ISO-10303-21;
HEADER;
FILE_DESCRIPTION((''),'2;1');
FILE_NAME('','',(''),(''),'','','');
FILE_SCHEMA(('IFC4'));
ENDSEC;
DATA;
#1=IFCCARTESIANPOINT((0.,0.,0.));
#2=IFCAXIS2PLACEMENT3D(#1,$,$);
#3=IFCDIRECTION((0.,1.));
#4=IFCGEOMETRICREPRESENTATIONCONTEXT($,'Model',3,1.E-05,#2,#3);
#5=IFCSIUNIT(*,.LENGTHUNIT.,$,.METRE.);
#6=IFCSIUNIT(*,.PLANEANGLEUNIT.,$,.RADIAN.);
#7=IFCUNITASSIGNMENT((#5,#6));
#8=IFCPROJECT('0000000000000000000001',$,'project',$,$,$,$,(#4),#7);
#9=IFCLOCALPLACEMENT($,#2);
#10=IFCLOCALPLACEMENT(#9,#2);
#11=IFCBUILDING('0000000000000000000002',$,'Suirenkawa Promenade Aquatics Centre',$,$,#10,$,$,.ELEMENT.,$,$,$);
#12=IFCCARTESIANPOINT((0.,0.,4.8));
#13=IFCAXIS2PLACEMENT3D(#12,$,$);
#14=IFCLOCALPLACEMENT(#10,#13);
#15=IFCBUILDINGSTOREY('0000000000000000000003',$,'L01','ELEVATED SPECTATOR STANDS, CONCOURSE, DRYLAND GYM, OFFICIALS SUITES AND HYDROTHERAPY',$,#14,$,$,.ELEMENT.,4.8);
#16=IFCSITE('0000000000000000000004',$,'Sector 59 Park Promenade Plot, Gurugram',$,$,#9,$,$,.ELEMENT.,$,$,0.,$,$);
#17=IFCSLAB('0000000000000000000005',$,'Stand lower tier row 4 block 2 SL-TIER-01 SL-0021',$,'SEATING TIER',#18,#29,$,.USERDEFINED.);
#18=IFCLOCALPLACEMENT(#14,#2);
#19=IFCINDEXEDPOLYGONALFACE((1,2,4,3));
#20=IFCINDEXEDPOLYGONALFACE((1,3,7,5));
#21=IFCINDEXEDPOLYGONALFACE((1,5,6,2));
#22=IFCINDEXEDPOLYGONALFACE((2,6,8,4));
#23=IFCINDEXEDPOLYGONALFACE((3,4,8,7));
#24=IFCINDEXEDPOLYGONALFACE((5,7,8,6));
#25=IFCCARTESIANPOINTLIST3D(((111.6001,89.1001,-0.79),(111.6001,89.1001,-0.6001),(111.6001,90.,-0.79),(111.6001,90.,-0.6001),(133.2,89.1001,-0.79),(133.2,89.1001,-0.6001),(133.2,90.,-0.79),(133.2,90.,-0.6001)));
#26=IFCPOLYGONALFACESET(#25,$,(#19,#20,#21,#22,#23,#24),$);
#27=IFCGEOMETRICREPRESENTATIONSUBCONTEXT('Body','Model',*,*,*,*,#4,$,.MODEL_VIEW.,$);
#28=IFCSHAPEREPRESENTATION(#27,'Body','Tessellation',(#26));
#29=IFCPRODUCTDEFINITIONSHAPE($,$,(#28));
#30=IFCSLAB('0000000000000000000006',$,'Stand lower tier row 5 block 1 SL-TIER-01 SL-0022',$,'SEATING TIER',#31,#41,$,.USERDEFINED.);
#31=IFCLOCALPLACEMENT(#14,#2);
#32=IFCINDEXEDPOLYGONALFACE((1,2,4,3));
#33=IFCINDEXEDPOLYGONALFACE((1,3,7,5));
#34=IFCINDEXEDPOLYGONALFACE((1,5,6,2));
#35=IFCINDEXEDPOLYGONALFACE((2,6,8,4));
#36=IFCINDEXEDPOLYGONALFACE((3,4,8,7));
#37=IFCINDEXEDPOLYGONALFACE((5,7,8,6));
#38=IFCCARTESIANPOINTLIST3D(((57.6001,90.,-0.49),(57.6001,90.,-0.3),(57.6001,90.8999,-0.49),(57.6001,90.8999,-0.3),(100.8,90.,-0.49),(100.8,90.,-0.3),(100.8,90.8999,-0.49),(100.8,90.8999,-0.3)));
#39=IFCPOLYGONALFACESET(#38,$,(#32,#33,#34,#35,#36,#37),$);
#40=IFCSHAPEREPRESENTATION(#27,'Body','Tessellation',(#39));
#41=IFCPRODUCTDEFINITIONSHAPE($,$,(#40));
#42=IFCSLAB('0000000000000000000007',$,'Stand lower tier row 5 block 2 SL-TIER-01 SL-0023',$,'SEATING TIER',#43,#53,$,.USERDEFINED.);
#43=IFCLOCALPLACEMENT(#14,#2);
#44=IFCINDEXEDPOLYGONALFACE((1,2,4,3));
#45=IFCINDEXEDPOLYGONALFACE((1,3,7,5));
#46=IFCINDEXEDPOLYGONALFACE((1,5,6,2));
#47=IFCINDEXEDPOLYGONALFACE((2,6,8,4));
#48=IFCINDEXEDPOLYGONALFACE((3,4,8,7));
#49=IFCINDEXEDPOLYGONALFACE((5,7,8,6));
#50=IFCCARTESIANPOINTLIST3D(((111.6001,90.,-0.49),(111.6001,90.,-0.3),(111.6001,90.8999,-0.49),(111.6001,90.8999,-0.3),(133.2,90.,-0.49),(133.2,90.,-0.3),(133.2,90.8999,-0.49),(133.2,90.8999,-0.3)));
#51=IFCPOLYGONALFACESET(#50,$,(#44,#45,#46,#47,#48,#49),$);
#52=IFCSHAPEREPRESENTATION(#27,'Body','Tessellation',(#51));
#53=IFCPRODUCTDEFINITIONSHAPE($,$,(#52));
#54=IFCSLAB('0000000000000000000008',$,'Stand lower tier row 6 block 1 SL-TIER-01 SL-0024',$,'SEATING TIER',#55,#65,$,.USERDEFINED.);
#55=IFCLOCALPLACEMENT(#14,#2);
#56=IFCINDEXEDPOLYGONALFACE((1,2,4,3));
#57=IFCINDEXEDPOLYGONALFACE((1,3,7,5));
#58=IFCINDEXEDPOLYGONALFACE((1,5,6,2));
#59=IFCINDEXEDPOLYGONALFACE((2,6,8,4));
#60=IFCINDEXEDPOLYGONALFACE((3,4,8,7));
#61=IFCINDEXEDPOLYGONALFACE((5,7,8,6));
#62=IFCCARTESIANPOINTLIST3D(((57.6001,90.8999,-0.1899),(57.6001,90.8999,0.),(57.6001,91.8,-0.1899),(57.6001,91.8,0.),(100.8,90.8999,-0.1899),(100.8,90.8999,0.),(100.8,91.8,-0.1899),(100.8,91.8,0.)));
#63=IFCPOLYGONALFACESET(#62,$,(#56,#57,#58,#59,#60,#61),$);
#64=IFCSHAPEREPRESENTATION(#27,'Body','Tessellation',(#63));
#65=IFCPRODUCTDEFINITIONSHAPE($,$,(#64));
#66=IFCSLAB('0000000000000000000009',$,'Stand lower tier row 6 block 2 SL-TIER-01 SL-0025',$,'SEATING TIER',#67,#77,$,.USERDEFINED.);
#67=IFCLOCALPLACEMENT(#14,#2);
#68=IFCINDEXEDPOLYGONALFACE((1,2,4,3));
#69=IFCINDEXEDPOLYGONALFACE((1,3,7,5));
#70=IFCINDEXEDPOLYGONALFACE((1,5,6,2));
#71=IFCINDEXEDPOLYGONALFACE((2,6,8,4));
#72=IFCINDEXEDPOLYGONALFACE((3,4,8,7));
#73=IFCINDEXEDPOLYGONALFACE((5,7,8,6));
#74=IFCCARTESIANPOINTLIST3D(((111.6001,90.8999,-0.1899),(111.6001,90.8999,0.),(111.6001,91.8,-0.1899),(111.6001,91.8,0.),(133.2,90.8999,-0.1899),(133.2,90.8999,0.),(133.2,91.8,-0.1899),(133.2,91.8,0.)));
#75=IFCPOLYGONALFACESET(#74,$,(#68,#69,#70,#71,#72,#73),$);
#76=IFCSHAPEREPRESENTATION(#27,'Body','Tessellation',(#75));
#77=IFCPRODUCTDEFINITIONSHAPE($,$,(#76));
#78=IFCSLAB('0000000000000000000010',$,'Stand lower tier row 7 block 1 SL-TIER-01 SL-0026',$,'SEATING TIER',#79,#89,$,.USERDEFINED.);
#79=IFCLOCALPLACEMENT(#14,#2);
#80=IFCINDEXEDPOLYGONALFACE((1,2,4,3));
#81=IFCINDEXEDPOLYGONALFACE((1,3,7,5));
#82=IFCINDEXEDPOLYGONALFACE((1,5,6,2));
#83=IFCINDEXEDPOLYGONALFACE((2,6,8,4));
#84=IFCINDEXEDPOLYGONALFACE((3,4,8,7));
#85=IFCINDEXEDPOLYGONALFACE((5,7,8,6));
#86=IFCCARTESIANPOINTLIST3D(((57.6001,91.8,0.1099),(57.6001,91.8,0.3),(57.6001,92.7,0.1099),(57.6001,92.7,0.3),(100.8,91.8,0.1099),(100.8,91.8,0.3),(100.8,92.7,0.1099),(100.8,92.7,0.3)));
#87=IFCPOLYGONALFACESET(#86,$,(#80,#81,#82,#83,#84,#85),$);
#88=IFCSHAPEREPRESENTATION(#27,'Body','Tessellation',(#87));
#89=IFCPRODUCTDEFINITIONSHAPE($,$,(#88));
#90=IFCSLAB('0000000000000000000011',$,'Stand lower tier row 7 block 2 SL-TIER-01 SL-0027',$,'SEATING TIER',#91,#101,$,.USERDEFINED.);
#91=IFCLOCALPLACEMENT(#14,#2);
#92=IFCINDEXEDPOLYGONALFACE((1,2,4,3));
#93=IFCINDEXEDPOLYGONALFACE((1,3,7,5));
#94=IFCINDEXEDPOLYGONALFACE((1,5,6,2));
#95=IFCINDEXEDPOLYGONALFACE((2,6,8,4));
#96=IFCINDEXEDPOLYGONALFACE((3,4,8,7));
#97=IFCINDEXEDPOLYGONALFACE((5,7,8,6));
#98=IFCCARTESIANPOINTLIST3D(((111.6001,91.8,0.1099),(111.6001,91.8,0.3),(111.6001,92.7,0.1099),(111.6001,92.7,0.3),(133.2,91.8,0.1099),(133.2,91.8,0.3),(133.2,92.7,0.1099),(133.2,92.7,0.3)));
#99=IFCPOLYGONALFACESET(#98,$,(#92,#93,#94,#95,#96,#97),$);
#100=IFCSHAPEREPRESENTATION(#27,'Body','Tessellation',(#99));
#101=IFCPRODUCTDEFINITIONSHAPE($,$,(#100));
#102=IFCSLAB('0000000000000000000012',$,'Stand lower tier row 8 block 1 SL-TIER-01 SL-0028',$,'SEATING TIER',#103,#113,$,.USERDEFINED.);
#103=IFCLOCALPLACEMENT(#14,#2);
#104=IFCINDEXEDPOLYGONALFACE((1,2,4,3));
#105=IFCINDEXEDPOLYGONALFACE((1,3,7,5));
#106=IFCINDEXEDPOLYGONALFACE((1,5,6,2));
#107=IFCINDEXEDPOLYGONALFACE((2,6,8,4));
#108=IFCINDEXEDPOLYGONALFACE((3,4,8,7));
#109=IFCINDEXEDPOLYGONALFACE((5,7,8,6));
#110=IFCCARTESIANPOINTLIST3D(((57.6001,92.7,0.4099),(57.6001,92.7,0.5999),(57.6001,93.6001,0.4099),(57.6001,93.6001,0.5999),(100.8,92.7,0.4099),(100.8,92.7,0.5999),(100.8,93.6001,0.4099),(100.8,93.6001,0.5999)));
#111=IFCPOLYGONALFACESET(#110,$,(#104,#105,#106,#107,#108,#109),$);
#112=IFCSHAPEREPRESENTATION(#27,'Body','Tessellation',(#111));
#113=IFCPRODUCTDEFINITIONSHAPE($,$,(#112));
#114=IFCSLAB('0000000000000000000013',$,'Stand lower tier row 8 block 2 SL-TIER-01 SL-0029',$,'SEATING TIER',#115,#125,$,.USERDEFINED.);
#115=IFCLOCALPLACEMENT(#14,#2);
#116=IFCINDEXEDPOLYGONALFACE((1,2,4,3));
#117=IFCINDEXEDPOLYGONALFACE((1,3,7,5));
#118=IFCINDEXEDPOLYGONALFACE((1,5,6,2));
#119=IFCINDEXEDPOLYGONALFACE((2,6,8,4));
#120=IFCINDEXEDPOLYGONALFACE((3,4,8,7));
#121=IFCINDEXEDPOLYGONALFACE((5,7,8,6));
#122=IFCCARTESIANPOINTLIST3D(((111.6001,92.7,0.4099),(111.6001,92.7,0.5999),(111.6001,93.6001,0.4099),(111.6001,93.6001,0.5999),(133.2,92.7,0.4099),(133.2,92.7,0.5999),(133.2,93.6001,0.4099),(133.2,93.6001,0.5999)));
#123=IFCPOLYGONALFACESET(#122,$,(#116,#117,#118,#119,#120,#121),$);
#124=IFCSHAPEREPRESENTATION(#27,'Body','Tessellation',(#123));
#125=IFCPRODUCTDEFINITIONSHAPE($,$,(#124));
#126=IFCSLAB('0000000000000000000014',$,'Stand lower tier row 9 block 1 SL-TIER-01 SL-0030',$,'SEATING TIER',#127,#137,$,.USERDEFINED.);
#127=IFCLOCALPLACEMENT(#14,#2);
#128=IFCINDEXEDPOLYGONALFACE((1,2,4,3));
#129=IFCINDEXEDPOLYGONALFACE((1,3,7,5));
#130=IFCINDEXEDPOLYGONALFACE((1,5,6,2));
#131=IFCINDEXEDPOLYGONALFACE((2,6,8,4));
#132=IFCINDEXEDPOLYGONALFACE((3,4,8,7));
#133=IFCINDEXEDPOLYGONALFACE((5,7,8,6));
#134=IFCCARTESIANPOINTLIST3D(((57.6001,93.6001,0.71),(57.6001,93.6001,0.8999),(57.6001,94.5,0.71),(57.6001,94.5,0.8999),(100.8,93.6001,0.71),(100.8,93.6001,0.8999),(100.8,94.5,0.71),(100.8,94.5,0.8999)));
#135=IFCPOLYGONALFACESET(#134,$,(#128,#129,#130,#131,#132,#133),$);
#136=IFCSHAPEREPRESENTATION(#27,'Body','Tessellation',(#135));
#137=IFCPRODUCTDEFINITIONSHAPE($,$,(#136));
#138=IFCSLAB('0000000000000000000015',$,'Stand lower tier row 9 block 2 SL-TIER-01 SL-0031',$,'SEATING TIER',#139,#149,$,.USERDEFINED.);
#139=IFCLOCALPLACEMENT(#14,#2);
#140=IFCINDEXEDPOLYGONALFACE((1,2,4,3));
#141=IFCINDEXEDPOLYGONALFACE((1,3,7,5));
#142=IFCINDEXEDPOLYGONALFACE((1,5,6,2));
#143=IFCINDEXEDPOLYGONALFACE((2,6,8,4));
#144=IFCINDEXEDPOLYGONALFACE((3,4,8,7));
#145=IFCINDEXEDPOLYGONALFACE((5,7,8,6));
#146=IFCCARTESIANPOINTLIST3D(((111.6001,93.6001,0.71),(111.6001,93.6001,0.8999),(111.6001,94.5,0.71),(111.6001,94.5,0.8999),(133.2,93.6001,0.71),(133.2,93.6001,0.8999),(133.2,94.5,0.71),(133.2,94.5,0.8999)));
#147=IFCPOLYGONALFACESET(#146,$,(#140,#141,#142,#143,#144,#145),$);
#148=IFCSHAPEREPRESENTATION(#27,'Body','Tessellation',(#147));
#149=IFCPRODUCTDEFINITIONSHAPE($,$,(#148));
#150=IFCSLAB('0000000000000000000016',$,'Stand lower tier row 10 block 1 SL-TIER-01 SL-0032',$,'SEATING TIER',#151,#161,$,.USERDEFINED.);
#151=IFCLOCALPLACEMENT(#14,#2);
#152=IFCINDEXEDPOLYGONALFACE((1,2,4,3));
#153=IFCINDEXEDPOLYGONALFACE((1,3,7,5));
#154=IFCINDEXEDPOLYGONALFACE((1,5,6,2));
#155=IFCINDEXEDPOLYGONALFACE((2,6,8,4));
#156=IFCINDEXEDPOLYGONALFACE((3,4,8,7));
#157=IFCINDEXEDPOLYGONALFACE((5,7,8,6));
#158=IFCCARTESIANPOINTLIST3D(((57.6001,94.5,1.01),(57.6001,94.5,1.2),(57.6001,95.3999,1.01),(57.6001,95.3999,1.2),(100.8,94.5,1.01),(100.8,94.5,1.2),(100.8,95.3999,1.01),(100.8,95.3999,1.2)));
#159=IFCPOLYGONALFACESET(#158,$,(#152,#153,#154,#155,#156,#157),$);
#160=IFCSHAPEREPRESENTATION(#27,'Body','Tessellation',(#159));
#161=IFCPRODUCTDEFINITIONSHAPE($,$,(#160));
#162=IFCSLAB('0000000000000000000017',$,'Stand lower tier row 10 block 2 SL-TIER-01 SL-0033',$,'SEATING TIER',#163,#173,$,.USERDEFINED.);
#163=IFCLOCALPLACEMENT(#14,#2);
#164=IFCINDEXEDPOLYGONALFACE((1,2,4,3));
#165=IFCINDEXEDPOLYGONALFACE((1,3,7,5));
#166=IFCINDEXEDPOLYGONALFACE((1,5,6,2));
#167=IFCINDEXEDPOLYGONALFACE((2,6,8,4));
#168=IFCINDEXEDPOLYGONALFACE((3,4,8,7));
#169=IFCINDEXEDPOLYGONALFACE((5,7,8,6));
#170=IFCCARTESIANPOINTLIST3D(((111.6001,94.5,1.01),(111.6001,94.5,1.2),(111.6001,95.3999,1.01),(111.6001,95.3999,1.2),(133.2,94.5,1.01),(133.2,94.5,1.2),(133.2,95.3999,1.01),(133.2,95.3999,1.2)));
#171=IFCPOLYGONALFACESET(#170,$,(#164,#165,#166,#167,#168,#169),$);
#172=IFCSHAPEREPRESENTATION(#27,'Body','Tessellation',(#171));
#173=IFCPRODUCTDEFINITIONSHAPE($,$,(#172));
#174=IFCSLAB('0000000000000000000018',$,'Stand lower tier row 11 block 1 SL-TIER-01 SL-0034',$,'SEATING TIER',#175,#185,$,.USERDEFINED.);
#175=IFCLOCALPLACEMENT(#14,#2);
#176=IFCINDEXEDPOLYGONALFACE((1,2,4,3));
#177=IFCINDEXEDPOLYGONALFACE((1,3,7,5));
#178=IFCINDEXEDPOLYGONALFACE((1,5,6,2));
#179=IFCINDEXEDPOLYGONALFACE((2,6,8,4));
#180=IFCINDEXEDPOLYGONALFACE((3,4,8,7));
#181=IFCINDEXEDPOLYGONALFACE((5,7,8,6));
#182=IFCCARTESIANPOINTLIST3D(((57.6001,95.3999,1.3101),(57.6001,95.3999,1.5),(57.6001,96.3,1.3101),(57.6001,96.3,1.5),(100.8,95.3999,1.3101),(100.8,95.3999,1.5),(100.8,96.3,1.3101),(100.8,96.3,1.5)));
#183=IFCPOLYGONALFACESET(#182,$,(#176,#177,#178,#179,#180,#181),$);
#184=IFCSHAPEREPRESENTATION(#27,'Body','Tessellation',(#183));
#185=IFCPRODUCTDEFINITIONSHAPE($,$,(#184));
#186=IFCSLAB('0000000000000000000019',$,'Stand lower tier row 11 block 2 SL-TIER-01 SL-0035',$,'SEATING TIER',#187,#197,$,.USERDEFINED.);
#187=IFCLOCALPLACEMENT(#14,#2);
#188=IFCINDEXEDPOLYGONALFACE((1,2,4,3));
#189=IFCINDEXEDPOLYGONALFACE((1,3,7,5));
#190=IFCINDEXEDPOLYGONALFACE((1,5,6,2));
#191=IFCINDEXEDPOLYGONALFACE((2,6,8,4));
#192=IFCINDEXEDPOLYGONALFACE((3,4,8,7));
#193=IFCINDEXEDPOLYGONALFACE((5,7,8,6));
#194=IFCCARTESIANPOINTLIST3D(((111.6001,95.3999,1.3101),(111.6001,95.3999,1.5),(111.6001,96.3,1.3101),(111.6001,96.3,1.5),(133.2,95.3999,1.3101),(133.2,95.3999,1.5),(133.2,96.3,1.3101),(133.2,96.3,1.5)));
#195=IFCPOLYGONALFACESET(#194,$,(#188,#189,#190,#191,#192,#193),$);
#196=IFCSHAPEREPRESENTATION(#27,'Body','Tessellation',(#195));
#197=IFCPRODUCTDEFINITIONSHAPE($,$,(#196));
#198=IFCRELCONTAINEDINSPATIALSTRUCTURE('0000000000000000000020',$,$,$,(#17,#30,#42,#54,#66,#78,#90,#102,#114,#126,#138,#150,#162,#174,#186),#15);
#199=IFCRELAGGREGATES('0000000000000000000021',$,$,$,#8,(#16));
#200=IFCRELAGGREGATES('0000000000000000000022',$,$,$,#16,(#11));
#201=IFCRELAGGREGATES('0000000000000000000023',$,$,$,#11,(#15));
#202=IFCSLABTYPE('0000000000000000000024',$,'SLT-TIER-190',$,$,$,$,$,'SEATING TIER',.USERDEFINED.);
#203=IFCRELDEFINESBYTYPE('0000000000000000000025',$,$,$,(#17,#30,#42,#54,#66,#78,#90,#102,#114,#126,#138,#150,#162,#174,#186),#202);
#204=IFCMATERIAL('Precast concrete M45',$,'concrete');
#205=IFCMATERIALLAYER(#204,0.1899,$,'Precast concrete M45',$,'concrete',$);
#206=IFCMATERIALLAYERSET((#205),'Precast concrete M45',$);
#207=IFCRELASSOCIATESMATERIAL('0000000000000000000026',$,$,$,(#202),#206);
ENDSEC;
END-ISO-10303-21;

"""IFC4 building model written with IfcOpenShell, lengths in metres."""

from ifc_helpers import new_model, si_unit, direction, frame, origin, place, context, subcontext, project, spatial, polyline, outline, extrude, material, layer, layer_set, type_object, element, save


model = new_model("IFC4")

# Units and contexts
model_context = context("Model", 3, precision=1e-05, world=origin(), true_north=direction((0.0, 1.0)))
body_context = subcontext(model_context, "Body", "Model", "MODEL_VIEW")
ifc_project = project(units=[si_unit("LENGTHUNIT", "METRE"), si_unit("PLANEANGLEUNIT", "RADIAN")], contexts=[model_context])

# Site, building, storey
site_placement = place(None, origin())
site = spatial("IfcSite", under=ifc_project, at=site_placement, Name="Sector 59 Park Promenade Plot, Gurugram", CompositionType="ELEMENT", RefElevation=0.0)
building_placement = place(site_placement, origin())
building = spatial("IfcBuilding", under=site, at=building_placement, Name="Suirenkawa Promenade Aquatics Centre", CompositionType="ELEMENT")
storey_placement = place(building_placement, frame((0.0, 0.0, 4.8)))
storey = spatial("IfcBuildingStorey", under=building, at=storey_placement, Name="L01", Description="ELEVATED SPECTATOR STANDS, CONCOURSE, DRYLAND GYM, OFFICIALS SUITES AND HYDROTHERAPY", CompositionType="ELEMENT", Elevation=4.8)

# Slabs
ifc_material_1 = material(Name="Precast concrete M45", Category="concrete")
ifc_layer_1 = layer(ifc_material_1, 0.1899, Name="Precast concrete M45", Category="concrete")
ifc_layer_set_1 = layer_set([ifc_layer_1], Name="Precast concrete M45")
slab_type_1 = type_object("IfcSlabType", Name="SLT-TIER-190", ElementType="SEATING TIER", PredefinedType="USERDEFINED", material=ifc_layer_set_1)
slab_1_placement = place(storey_placement, frame((0.0, 0.0, -0.79)))
element("IfcSlab", 1, at=slab_1_placement, inside=storey, type_object=slab_type_1, Name="Stand lower tier row 4 block 2 SL-TIER-01 SL-0021", ObjectType="SEATING TIER", PredefinedType="USERDEFINED", context=body_context, shape_type="SweptSolid", body=[
    extrude(outline(polyline([(111.6001, 89.1001), (133.2, 89.1001), (133.2, 90.0), (111.6001, 90.0), (111.6001, 89.1001)])), origin(), (0.0, 0.0, 1.0), 0.1899),
])
slab_2_placement = place(storey_placement, frame((0.0, 0.0, -0.49)))
element("IfcSlab", 2, at=slab_2_placement, inside=storey, type_object=slab_type_1, Name="Stand lower tier row 5 block 1 SL-TIER-01 SL-0022", ObjectType="SEATING TIER", PredefinedType="USERDEFINED", context=body_context, shape_type="SweptSolid", body=[
    extrude(outline(polyline([(57.6001, 90.0), (100.8, 90.0), (100.8, 90.8999), (57.6001, 90.8999), (57.6001, 90.0)])), origin(), (0.0, 0.0, 1.0), 0.1899),
])
slab_3_placement = place(storey_placement, frame((0.0, 0.0, -0.49)))
element("IfcSlab", 3, at=slab_3_placement, inside=storey, type_object=slab_type_1, Name="Stand lower tier row 5 block 2 SL-TIER-01 SL-0023", ObjectType="SEATING TIER", PredefinedType="USERDEFINED", context=body_context, shape_type="SweptSolid", body=[
    extrude(outline(polyline([(111.6001, 90.0), (133.2, 90.0), (133.2, 90.8999), (111.6001, 90.8999), (111.6001, 90.0)])), origin(), (0.0, 0.0, 1.0), 0.1899),
])
slab_4_placement = place(storey_placement, frame((0.0, 0.0, -0.1899)))
element("IfcSlab", 4, at=slab_4_placement, inside=storey, type_object=slab_type_1, Name="Stand lower tier row 6 block 1 SL-TIER-01 SL-0024", ObjectType="SEATING TIER", PredefinedType="USERDEFINED", context=body_context, shape_type="SweptSolid", body=[
    extrude(outline(polyline([(57.6001, 90.8999), (100.8, 90.8999), (100.8, 91.8), (57.6001, 91.8), (57.6001, 90.8999)])), origin(), (0.0, 0.0, 1.0), 0.1899),
])
slab_5_placement = place(storey_placement, frame((0.0, 0.0, -0.1899)))
element("IfcSlab", 5, at=slab_5_placement, inside=storey, type_object=slab_type_1, Name="Stand lower tier row 6 block 2 SL-TIER-01 SL-0025", ObjectType="SEATING TIER", PredefinedType="USERDEFINED", context=body_context, shape_type="SweptSolid", body=[
    extrude(outline(polyline([(111.6001, 90.8999), (133.2, 90.8999), (133.2, 91.8), (111.6001, 91.8), (111.6001, 90.8999)])), origin(), (0.0, 0.0, 1.0), 0.1899),
])
slab_6_placement = place(storey_placement, frame((0.0, 0.0, 0.1099)))
element("IfcSlab", 6, at=slab_6_placement, inside=storey, type_object=slab_type_1, Name="Stand lower tier row 7 block 1 SL-TIER-01 SL-0026", ObjectType="SEATING TIER", PredefinedType="USERDEFINED", context=body_context, shape_type="SweptSolid", body=[
    extrude(outline(polyline([(57.6001, 91.8), (100.8, 91.8), (100.8, 92.7), (57.6001, 92.7), (57.6001, 91.8)])), origin(), (0.0, 0.0, 1.0), 0.1902),
])
slab_7_placement = place(storey_placement, frame((0.0, 0.0, 0.1099)))
element("IfcSlab", 7, at=slab_7_placement, inside=storey, type_object=slab_type_1, Name="Stand lower tier row 7 block 2 SL-TIER-01 SL-0027", ObjectType="SEATING TIER", PredefinedType="USERDEFINED", context=body_context, shape_type="SweptSolid", body=[
    extrude(outline(polyline([(111.6001, 91.8), (133.2, 91.8), (133.2, 92.7), (111.6001, 92.7), (111.6001, 91.8)])), origin(), (0.0, 0.0, 1.0), 0.1902),
])
slab_8_placement = place(storey_placement, frame((0.0, 0.0, 0.4099)))
element("IfcSlab", 8, at=slab_8_placement, inside=storey, type_object=slab_type_1, Name="Stand lower tier row 8 block 1 SL-TIER-01 SL-0028", ObjectType="SEATING TIER", PredefinedType="USERDEFINED", context=body_context, shape_type="SweptSolid", body=[
    extrude(outline(polyline([(57.6001, 92.7), (100.8, 92.7), (100.8, 93.6001), (57.6001, 93.6001), (57.6001, 92.7)])), origin(), (0.0, 0.0, 1.0), 0.1899),
])
slab_9_placement = place(storey_placement, frame((0.0, 0.0, 0.4099)))
element("IfcSlab", 9, at=slab_9_placement, inside=storey, type_object=slab_type_1, Name="Stand lower tier row 8 block 2 SL-TIER-01 SL-0029", ObjectType="SEATING TIER", PredefinedType="USERDEFINED", context=body_context, shape_type="SweptSolid", body=[
    extrude(outline(polyline([(111.6001, 92.7), (133.2, 92.7), (133.2, 93.6001), (111.6001, 93.6001), (111.6001, 92.7)])), origin(), (0.0, 0.0, 1.0), 0.1899),
])
slab_10_placement = place(storey_placement, frame((0.0, 0.0, 0.71)))
element("IfcSlab", 10, at=slab_10_placement, inside=storey, type_object=slab_type_1, Name="Stand lower tier row 9 block 1 SL-TIER-01 SL-0030", ObjectType="SEATING TIER", PredefinedType="USERDEFINED", context=body_context, shape_type="SweptSolid", body=[
    extrude(outline(polyline([(57.6001, 93.6001), (100.8, 93.6001), (100.8, 94.5), (57.6001, 94.5), (57.6001, 93.6001)])), origin(), (0.0, 0.0, 1.0), 0.1899),
])
slab_11_placement = place(storey_placement, frame((0.0, 0.0, 0.71)))
element("IfcSlab", 11, at=slab_11_placement, inside=storey, type_object=slab_type_1, Name="Stand lower tier row 9 block 2 SL-TIER-01 SL-0031", ObjectType="SEATING TIER", PredefinedType="USERDEFINED", context=body_context, shape_type="SweptSolid", body=[
    extrude(outline(polyline([(111.6001, 93.6001), (133.2, 93.6001), (133.2, 94.5), (111.6001, 94.5), (111.6001, 93.6001)])), origin(), (0.0, 0.0, 1.0), 0.1899),
])
slab_12_placement = place(storey_placement, frame((0.0, 0.0, 1.01)))
element("IfcSlab", 12, at=slab_12_placement, inside=storey, type_object=slab_type_1, Name="Stand lower tier row 10 block 1 SL-TIER-01 SL-0032", ObjectType="SEATING TIER", PredefinedType="USERDEFINED", context=body_context, shape_type="SweptSolid", body=[
    extrude(outline(polyline([(57.6001, 94.5), (100.8, 94.5), (100.8, 95.3999), (57.6001, 95.3999), (57.6001, 94.5)])), origin(), (0.0, 0.0, 1.0), 0.1899),
])
slab_13_placement = place(storey_placement, frame((0.0, 0.0, 1.01)))
element("IfcSlab", 13, at=slab_13_placement, inside=storey, type_object=slab_type_1, Name="Stand lower tier row 10 block 2 SL-TIER-01 SL-0033", ObjectType="SEATING TIER", PredefinedType="USERDEFINED", context=body_context, shape_type="SweptSolid", body=[
    extrude(outline(polyline([(111.6001, 94.5), (133.2, 94.5), (133.2, 95.3999), (111.6001, 95.3999), (111.6001, 94.5)])), origin(), (0.0, 0.0, 1.0), 0.1899),
])
slab_14_placement = place(storey_placement, frame((0.0, 0.0, 1.3101)))
element("IfcSlab", 14, at=slab_14_placement, inside=storey, type_object=slab_type_1, Name="Stand lower tier row 11 block 1 SL-TIER-01 SL-0034", ObjectType="SEATING TIER", PredefinedType="USERDEFINED", context=body_context, shape_type="SweptSolid", body=[
    extrude(outline(polyline([(57.6001, 95.3999), (100.8, 95.3999), (100.8, 96.3), (57.6001, 96.3), (57.6001, 95.3999)])), origin(), (0.0, 0.0, 1.0), 0.1899),
])
slab_15_placement = place(storey_placement, frame((0.0, 0.0, 1.3101)))
element("IfcSlab", 15, at=slab_15_placement, inside=storey, type_object=slab_type_1, Name="Stand lower tier row 11 block 2 SL-TIER-01 SL-0035", ObjectType="SEATING TIER", PredefinedType="USERDEFINED", context=body_context, shape_type="SweptSolid", body=[
    extrude(outline(polyline([(111.6001, 95.3999), (133.2, 95.3999), (133.2, 96.3), (111.6001, 96.3), (111.6001, 95.3999)])), origin(), (0.0, 0.0, 1.0), 0.1899),
])

save(model, "model.ifc")
